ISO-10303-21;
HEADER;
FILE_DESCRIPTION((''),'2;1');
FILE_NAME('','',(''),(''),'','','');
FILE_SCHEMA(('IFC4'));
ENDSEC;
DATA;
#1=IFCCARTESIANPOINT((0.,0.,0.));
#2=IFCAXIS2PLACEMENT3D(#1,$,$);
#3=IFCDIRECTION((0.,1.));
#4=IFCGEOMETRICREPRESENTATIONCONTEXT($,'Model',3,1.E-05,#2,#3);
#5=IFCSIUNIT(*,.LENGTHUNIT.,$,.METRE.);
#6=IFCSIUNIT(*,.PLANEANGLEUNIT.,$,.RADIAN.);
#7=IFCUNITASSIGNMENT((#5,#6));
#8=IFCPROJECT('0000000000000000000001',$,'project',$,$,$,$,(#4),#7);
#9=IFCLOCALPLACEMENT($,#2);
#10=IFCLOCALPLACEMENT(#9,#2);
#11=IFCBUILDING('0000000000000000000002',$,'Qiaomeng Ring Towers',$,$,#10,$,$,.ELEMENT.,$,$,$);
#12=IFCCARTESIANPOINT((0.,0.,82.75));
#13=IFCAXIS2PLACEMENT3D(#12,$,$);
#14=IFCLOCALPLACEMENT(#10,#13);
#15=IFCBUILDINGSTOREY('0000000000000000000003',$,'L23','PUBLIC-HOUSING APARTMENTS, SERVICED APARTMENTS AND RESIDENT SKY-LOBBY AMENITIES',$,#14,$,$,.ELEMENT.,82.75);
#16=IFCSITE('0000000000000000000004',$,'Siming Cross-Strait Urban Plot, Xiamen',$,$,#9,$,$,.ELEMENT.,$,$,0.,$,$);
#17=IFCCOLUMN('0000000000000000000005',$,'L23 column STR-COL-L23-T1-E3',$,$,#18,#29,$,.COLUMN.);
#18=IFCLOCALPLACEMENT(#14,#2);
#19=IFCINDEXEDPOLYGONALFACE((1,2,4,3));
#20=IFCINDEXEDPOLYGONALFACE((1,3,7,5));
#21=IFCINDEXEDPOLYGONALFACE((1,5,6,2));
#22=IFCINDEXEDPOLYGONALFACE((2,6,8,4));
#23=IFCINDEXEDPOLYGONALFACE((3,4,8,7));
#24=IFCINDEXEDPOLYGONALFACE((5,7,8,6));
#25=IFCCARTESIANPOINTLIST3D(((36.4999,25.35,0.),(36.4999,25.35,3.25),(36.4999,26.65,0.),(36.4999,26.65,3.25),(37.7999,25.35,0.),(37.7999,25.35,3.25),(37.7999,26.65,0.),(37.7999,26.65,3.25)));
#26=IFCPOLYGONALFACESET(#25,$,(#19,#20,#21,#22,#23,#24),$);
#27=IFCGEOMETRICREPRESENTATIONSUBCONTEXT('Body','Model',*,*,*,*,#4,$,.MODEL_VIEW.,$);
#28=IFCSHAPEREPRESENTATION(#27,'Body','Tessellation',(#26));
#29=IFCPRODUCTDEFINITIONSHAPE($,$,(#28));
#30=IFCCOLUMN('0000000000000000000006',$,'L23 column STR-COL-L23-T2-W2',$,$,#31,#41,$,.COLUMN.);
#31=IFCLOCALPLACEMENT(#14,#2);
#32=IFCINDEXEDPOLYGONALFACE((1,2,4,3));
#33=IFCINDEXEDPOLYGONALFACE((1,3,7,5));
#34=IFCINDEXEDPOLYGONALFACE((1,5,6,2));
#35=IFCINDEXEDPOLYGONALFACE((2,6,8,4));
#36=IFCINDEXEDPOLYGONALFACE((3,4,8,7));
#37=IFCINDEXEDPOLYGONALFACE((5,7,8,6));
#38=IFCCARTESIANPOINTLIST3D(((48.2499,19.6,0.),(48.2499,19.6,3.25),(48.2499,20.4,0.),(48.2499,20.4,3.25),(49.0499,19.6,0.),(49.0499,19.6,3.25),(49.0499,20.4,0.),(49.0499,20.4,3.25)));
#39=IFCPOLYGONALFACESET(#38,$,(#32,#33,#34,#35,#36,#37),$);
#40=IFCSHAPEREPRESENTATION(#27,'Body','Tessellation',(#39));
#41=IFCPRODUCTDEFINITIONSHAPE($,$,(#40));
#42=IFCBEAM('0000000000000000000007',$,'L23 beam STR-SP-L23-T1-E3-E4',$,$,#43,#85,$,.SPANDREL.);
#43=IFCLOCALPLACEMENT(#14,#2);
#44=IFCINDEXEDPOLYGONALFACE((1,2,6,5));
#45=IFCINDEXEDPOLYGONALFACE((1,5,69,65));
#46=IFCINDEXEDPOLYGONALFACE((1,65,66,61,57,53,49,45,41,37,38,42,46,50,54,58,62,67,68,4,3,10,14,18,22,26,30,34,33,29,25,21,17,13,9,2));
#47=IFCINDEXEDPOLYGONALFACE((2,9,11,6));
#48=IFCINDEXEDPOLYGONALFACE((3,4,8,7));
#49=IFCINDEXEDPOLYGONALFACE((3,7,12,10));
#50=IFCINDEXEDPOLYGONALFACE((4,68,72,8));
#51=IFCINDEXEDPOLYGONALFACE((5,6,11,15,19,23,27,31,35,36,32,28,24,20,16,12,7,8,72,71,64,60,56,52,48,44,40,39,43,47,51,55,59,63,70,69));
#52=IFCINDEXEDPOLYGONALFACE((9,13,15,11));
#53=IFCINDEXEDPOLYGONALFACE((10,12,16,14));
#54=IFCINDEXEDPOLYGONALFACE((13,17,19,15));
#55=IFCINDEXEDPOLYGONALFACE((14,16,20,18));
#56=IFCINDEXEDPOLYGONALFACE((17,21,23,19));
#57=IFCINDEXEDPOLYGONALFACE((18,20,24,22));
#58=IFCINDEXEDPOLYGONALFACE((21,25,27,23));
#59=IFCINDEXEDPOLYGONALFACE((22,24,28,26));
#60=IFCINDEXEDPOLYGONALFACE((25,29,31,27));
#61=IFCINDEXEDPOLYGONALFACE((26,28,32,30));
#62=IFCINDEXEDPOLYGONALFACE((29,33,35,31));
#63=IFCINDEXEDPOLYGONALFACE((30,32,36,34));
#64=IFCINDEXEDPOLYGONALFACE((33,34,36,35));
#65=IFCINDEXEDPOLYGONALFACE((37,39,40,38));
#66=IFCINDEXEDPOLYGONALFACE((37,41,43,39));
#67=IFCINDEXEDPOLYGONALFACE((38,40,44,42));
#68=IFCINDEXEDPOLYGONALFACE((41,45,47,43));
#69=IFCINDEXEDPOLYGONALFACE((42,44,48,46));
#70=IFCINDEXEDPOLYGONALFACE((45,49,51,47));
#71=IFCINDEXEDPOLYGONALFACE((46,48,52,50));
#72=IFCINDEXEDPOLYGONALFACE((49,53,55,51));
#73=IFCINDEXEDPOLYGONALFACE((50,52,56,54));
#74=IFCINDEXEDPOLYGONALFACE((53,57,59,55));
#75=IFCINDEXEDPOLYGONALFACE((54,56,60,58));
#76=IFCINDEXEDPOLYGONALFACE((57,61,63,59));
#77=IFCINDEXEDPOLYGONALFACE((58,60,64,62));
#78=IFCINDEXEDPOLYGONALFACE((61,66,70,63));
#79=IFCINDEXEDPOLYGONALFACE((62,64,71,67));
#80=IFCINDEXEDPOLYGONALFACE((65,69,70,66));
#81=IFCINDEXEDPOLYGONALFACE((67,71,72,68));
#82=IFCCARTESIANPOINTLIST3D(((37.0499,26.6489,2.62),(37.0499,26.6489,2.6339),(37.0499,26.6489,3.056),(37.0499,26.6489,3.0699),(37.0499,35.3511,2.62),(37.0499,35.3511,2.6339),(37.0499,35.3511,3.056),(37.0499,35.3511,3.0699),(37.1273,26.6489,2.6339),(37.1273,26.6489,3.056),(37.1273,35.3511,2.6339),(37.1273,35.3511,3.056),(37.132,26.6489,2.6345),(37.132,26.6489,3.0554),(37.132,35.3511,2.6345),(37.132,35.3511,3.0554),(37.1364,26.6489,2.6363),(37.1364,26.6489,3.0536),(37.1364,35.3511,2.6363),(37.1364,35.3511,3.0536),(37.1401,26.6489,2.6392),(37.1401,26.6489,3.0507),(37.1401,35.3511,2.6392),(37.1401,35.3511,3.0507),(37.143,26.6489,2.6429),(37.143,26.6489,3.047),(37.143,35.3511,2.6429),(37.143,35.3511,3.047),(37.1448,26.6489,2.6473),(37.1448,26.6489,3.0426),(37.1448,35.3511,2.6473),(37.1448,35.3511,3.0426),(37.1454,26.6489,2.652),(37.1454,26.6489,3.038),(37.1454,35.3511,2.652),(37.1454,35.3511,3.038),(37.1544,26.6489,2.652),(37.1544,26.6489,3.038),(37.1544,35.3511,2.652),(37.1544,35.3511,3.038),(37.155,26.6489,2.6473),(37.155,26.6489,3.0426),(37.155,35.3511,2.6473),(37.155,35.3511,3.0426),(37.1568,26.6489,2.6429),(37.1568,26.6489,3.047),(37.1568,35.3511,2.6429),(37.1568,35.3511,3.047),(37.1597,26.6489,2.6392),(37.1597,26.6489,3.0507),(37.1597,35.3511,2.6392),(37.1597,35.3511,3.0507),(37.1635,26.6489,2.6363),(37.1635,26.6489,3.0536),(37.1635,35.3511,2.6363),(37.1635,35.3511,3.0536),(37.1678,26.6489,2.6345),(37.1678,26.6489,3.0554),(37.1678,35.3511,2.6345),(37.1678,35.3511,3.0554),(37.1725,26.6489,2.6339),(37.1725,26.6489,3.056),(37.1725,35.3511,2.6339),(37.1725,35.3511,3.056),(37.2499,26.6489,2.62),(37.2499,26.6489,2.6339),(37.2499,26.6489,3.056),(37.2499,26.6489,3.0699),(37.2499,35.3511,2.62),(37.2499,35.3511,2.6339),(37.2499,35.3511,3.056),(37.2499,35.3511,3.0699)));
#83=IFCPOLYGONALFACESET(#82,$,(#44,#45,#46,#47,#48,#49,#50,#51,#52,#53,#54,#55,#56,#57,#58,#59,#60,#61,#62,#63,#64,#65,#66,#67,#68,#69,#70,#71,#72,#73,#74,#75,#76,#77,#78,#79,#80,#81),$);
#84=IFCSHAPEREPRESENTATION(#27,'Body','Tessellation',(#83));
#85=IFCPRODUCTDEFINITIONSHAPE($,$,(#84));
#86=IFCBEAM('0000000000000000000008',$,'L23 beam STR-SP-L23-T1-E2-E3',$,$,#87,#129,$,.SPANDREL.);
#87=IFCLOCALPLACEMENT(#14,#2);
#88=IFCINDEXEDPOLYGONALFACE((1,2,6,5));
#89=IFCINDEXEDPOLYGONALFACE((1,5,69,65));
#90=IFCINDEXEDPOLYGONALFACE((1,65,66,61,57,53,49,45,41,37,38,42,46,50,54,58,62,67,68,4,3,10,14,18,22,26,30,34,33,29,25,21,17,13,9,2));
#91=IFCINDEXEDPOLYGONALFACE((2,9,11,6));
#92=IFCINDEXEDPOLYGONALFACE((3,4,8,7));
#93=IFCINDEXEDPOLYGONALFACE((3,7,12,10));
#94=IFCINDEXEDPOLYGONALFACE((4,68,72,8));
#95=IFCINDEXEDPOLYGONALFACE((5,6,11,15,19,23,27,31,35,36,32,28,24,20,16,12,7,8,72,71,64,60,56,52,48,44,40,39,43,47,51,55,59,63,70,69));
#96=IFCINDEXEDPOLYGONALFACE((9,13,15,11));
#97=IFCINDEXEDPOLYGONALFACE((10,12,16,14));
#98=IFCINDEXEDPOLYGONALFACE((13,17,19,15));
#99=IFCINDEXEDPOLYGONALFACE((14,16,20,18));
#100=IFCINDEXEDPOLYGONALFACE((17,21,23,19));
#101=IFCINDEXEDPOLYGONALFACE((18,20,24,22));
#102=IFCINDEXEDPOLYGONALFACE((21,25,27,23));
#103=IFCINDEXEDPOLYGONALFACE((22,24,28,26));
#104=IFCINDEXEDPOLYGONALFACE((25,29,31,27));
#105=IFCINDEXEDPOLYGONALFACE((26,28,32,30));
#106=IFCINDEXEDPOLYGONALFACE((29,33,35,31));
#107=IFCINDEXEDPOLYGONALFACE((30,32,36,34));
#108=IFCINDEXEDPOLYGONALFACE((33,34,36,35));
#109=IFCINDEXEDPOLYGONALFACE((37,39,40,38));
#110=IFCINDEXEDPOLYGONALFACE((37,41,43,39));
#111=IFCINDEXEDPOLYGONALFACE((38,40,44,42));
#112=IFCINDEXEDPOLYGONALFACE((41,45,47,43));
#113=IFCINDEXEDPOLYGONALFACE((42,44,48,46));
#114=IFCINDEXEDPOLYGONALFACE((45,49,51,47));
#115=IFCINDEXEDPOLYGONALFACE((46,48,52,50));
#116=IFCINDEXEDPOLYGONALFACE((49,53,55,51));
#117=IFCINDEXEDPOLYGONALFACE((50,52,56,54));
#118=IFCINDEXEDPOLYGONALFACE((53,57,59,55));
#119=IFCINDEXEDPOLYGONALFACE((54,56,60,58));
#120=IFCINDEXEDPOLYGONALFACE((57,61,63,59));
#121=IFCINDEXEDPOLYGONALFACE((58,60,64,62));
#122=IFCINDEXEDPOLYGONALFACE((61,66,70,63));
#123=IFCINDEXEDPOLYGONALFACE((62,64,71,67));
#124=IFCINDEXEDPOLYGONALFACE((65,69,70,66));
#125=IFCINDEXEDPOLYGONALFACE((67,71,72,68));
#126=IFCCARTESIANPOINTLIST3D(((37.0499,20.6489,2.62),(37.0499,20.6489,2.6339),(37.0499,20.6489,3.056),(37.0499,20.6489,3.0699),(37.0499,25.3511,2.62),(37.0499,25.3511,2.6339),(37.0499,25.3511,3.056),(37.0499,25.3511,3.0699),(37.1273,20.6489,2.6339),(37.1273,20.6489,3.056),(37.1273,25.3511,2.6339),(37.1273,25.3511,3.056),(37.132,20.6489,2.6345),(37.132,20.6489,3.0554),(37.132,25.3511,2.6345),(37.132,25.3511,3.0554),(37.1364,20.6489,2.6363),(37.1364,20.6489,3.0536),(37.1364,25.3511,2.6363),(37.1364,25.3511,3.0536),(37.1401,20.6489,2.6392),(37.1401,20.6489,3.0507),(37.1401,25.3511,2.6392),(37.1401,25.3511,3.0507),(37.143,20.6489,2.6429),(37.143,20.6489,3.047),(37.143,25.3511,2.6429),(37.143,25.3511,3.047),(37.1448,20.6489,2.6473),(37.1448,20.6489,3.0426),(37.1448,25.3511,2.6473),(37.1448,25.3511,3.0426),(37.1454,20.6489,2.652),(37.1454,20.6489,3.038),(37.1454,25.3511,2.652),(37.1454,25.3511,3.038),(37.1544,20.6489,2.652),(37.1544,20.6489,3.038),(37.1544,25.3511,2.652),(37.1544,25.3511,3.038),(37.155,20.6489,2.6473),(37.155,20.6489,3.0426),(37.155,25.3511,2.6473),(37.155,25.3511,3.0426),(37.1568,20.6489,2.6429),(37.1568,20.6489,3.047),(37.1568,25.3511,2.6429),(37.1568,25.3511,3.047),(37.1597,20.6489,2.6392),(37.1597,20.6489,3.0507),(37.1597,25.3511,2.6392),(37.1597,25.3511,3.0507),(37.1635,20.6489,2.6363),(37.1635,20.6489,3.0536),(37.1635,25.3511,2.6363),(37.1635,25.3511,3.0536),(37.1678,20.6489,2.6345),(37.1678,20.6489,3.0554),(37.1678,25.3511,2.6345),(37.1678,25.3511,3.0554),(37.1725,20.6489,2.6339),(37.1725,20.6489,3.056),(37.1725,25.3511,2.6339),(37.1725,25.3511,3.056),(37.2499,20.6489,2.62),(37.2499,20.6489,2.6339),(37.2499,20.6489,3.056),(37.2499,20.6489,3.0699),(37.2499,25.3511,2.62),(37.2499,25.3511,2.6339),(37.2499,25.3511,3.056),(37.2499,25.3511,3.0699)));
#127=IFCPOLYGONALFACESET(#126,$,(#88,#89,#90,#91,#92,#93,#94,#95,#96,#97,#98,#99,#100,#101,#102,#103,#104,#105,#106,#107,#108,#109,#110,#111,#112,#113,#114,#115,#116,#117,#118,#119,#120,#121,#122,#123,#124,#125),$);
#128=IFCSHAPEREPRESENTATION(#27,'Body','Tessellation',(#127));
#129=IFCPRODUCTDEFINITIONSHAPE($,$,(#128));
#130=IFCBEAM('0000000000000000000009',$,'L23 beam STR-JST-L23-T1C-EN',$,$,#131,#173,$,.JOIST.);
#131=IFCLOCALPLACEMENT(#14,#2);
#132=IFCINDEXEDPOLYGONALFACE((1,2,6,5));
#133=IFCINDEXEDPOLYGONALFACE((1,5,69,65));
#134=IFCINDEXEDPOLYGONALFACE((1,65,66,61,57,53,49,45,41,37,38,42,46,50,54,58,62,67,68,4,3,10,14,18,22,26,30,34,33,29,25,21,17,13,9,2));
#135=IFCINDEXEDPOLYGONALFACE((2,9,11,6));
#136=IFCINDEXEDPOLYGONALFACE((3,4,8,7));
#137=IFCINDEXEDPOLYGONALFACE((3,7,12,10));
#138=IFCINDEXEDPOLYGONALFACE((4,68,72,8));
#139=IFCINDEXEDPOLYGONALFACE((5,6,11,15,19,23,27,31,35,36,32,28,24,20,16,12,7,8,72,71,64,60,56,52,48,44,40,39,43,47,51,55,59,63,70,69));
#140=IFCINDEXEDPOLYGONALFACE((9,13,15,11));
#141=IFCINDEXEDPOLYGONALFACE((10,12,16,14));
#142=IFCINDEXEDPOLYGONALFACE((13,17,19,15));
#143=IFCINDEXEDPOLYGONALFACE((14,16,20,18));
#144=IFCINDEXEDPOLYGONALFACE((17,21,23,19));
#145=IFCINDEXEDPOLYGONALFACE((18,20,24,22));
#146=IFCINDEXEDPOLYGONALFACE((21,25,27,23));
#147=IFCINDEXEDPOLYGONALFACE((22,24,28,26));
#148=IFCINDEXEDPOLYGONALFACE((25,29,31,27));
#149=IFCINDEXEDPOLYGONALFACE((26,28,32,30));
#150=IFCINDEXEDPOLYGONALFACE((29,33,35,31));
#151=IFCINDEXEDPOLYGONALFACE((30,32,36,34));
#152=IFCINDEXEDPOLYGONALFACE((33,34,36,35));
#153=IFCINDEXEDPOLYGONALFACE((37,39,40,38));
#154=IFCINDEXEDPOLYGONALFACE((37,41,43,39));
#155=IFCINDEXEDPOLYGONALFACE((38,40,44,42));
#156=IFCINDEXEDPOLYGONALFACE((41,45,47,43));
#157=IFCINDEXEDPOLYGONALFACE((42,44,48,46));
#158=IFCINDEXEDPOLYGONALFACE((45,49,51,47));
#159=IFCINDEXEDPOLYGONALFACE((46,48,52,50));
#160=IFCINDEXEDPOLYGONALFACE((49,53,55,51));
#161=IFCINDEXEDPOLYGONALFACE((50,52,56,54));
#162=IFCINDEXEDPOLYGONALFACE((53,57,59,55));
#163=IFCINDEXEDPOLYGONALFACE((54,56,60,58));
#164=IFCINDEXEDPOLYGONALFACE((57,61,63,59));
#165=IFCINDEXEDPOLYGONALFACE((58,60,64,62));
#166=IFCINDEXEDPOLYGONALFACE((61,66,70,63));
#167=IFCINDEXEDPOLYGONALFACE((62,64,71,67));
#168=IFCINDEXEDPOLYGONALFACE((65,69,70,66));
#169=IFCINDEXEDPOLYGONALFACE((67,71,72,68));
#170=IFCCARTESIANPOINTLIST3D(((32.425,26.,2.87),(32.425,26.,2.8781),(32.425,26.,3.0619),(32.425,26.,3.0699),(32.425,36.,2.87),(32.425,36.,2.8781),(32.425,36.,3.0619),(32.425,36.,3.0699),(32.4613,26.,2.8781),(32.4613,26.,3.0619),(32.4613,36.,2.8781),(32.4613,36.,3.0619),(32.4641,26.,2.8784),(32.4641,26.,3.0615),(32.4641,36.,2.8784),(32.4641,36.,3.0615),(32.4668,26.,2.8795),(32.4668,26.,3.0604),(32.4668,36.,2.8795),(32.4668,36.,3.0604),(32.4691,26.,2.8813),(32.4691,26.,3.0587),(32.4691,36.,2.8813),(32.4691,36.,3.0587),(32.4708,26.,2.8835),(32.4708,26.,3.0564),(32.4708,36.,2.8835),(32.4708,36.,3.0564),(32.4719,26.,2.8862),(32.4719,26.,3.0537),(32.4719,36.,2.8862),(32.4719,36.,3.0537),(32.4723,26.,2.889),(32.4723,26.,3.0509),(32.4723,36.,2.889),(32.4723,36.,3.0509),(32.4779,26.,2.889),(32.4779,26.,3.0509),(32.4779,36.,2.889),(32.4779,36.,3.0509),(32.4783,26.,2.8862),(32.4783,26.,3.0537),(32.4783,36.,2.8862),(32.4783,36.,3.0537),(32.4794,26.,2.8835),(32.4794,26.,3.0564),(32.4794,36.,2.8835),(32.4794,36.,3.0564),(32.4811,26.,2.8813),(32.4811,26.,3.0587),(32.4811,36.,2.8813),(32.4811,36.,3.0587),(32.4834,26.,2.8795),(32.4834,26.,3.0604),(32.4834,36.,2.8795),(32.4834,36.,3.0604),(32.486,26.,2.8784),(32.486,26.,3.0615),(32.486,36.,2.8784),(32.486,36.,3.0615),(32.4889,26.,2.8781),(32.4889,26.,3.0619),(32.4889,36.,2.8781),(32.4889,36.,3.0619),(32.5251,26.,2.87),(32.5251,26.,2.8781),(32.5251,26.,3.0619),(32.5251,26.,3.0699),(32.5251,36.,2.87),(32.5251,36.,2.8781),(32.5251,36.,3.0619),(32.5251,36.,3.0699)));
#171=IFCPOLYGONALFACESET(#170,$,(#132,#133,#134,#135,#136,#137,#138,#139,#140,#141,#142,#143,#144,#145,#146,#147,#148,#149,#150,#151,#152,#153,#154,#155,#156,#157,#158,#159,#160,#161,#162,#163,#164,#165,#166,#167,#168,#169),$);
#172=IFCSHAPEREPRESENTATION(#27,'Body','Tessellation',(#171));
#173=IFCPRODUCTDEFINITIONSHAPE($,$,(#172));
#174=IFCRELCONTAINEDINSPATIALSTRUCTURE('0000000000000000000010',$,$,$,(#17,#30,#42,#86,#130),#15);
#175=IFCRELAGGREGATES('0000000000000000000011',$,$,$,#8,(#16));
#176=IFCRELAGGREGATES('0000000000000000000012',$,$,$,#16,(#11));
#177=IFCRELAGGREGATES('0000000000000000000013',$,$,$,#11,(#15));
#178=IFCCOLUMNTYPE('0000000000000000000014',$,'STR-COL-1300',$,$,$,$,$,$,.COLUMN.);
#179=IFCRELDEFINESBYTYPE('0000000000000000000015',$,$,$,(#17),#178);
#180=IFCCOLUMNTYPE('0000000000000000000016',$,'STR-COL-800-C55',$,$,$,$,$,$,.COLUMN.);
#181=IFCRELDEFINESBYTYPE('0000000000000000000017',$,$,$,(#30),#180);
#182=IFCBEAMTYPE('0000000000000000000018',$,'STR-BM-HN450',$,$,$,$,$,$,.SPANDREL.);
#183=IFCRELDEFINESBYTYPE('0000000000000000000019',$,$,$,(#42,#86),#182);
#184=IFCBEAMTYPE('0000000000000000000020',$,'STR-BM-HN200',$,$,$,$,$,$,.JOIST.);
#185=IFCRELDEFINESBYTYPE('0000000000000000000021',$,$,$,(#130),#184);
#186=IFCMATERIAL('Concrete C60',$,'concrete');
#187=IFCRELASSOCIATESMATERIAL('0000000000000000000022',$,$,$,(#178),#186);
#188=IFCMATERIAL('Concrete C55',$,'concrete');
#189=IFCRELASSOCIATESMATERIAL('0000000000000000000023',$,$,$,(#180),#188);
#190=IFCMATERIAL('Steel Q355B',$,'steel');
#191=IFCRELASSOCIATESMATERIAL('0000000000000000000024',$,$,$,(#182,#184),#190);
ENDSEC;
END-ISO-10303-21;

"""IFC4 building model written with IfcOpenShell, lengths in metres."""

from ifc_helpers import new_model, si_unit, direction, frame, origin, origin_2d, place, context, subcontext, project, spatial, rectangle, i_section, extrude, source, transform, mapped, material, material_profile, profile_set, type_object, element, save


model = new_model("IFC4")

# Units and contexts
model_context = context("Model", 3, precision=1e-05, world=origin(), true_north=direction((0.0, 1.0)))
body_context = subcontext(model_context, "Body", "Model", "MODEL_VIEW")
ifc_project = project(units=[si_unit("LENGTHUNIT", "METRE"), si_unit("PLANEANGLEUNIT", "RADIAN")], contexts=[model_context])

# Site, building, storey
site_placement = place(None, origin())
site = spatial("IfcSite", under=ifc_project, at=site_placement, Name="Siming Cross-Strait Urban Plot, Xiamen", CompositionType="ELEMENT", RefElevation=0.0)
building_placement = place(site_placement, origin())
building = spatial("IfcBuilding", under=site, at=building_placement, Name="Qiaomeng Ring Towers", CompositionType="ELEMENT")
storey_placement = place(building_placement, frame((0.0, 0.0, 82.75)))
storey = spatial("IfcBuildingStorey", under=building, at=storey_placement, Name="L23", Description="PUBLIC-HOUSING APARTMENTS, SERVICED APARTMENTS AND RESIDENT SKY-LOBBY AMENITIES", CompositionType="ELEMENT", Elevation=82.75)

# Columns
ifc_material_1 = material(Name="Concrete C60", Category="concrete")
ifc_material_profile_1 = material_profile(ifc_material_1, rectangle(XDim=1.3, YDim=1.3, at=origin_2d()), Name="RC COL 1300x1300")
ifc_profile_set_1 = profile_set([ifc_material_profile_1], Name="Concrete C60")
column_type_1 = type_object("IfcColumnType", Name="STR-COL-1300", PredefinedType="COLUMN", material=ifc_profile_set_1)
shared_shape_1 = source(origin(), body_context, "Body", "SweptSolid", [
    extrude(rectangle(XDim=1.3, YDim=1.3, at=origin_2d()), origin(), (0.0, 0.0, 1.0), 3.25),
])
column_1_placement = place(storey_placement, frame((37.1499, 26.0, 0.0), z_axis=(0.0, 0.0, 1.0), x_axis=(1.0, 0.0, 0.0)))
element("IfcColumn", 1, at=column_1_placement, inside=storey, type_object=column_type_1, Name="L23 column STR-COL-L23-T1-E3", PredefinedType="COLUMN", context=body_context, shape_type="MappedRepresentation", body=[
    mapped(shared_shape_1, transform((0.0, 0.0, 0.0), x_axis=(1.0, 0.0, 0.0), y_axis=(0.0, 1.0, 0.0), z_axis=(0.0, 0.0, 1.0), scale=1.0)),
])
ifc_material_2 = material(Name="Concrete C55", Category="concrete")
ifc_material_profile_2 = material_profile(ifc_material_2, rectangle(XDim=0.8, YDim=0.8, at=origin_2d()), Name="RC COL 800x800")
ifc_profile_set_2 = profile_set([ifc_material_profile_2], Name="Concrete C55")
column_type_2 = type_object("IfcColumnType", Name="STR-COL-800-C55", PredefinedType="COLUMN", material=ifc_profile_set_2)
shared_shape_2 = source(origin(), body_context, "Body", "SweptSolid", [
    extrude(rectangle(XDim=0.8, YDim=0.8, at=origin_2d()), origin(), (0.0, 0.0, 1.0), 3.25),
])
column_2_placement = place(storey_placement, frame((48.6499, 20.0, 0.0), z_axis=(0.0, 0.0, 1.0), x_axis=(1.0, 0.0, 0.0)))
element("IfcColumn", 2, at=column_2_placement, inside=storey, type_object=column_type_2, Name="L23 column STR-COL-L23-T2-W2", PredefinedType="COLUMN", context=body_context, shape_type="MappedRepresentation", body=[
    mapped(shared_shape_2, transform((0.0, 0.0, 0.0), x_axis=(1.0, 0.0, 0.0), y_axis=(0.0, 1.0, 0.0), z_axis=(0.0, 0.0, 1.0), scale=1.0)),
])

# Beams
ifc_material_3 = material(Name="Steel Q355B", Category="steel")
ifc_material_profile_3 = material_profile(ifc_material_3, i_section(OverallWidth=0.2, OverallDepth=0.45, WebThickness=0.009, FlangeThickness=0.0139, FilletRadius=0.0181, at=origin_2d()), Name="HN 450x200x9x14")
ifc_profile_set_3 = profile_set([ifc_material_profile_3], Name="Steel Q355B")
beam_type_1 = type_object("IfcBeamType", Name="STR-BM-HN450", PredefinedType="SPANDREL", material=ifc_profile_set_3)
shared_shape_3 = source(origin(), body_context, "Body", "SweptSolid", [
    extrude(i_section(OverallWidth=0.2, OverallDepth=0.45, WebThickness=0.009, FlangeThickness=0.0139, FilletRadius=0.0181, at=origin_2d()), origin(), (0.0, 0.0, 1.0), 8.7021),
])
beam_1_placement = place(storey_placement, frame((37.1499, 26.6489, 2.845), z_axis=(0.0, 1.0, 0.0), x_axis=(-1.0, 0.0, 0.0)))
element("IfcBeam", 3, at=beam_1_placement, inside=storey, type_object=beam_type_1, Name="L23 beam STR-SP-L23-T1-E3-E4", PredefinedType="SPANDREL", context=body_context, shape_type="MappedRepresentation", body=[
    mapped(shared_shape_3, transform((0.0, 0.0, 0.0), x_axis=(1.0, 0.0, 0.0), y_axis=(0.0, 1.0, 0.0), z_axis=(0.0, 0.0, 1.0), scale=1.0)),
])
shared_shape_4 = source(origin(), body_context, "Body", "SweptSolid", [
    extrude(i_section(OverallWidth=0.2, OverallDepth=0.45, WebThickness=0.009, FlangeThickness=0.0139, FilletRadius=0.0181, at=origin_2d()), origin(), (0.0, 0.0, 1.0), 4.7021),
])
beam_2_placement = place(storey_placement, frame((37.1499, 20.6489, 2.845), z_axis=(0.0, 1.0, 0.0), x_axis=(-1.0, 0.0, 0.0)))
element("IfcBeam", 4, at=beam_2_placement, inside=storey, type_object=beam_type_1, Name="L23 beam STR-SP-L23-T1-E2-E3", PredefinedType="SPANDREL", context=body_context, shape_type="MappedRepresentation", body=[
    mapped(shared_shape_4, transform((0.0, 0.0, 0.0), x_axis=(1.0, 0.0, 0.0), y_axis=(0.0, 1.0, 0.0), z_axis=(0.0, 0.0, 1.0), scale=1.0)),
])
ifc_material_profile_4 = material_profile(ifc_material_3, i_section(OverallWidth=0.1001, OverallDepth=0.2, WebThickness=0.0056, FlangeThickness=0.0081, FilletRadius=0.011, at=origin_2d()), Name="HN 200x100x5.5x8")
ifc_profile_set_4 = profile_set([ifc_material_profile_4], Name="Steel Q355B")
beam_type_2 = type_object("IfcBeamType", Name="STR-BM-HN200", PredefinedType="JOIST", material=ifc_profile_set_4)
shared_shape_5 = source(origin(), body_context, "Body", "SweptSolid", [
    extrude(i_section(OverallWidth=0.1001, OverallDepth=0.2, WebThickness=0.0056, FlangeThickness=0.0081, FilletRadius=0.011, at=origin_2d()), origin(), (0.0, 0.0, 1.0), 10.0),
])
beam_3_placement = place(storey_placement, frame((32.4751, 26.0, 2.97), z_axis=(0.0, 1.0, 0.0), x_axis=(-1.0, 0.0, 0.0)))
element("IfcBeam", 5, at=beam_3_placement, inside=storey, type_object=beam_type_2, Name="L23 beam STR-JST-L23-T1C-EN", PredefinedType="JOIST", context=body_context, shape_type="MappedRepresentation", body=[
    mapped(shared_shape_5, transform((0.0, 0.0, 0.0), x_axis=(1.0, 0.0, 0.0), y_axis=(0.0, 1.0, 0.0), z_axis=(0.0, 0.0, 1.0), scale=1.0)),
])

save(model, "model.ifc")
